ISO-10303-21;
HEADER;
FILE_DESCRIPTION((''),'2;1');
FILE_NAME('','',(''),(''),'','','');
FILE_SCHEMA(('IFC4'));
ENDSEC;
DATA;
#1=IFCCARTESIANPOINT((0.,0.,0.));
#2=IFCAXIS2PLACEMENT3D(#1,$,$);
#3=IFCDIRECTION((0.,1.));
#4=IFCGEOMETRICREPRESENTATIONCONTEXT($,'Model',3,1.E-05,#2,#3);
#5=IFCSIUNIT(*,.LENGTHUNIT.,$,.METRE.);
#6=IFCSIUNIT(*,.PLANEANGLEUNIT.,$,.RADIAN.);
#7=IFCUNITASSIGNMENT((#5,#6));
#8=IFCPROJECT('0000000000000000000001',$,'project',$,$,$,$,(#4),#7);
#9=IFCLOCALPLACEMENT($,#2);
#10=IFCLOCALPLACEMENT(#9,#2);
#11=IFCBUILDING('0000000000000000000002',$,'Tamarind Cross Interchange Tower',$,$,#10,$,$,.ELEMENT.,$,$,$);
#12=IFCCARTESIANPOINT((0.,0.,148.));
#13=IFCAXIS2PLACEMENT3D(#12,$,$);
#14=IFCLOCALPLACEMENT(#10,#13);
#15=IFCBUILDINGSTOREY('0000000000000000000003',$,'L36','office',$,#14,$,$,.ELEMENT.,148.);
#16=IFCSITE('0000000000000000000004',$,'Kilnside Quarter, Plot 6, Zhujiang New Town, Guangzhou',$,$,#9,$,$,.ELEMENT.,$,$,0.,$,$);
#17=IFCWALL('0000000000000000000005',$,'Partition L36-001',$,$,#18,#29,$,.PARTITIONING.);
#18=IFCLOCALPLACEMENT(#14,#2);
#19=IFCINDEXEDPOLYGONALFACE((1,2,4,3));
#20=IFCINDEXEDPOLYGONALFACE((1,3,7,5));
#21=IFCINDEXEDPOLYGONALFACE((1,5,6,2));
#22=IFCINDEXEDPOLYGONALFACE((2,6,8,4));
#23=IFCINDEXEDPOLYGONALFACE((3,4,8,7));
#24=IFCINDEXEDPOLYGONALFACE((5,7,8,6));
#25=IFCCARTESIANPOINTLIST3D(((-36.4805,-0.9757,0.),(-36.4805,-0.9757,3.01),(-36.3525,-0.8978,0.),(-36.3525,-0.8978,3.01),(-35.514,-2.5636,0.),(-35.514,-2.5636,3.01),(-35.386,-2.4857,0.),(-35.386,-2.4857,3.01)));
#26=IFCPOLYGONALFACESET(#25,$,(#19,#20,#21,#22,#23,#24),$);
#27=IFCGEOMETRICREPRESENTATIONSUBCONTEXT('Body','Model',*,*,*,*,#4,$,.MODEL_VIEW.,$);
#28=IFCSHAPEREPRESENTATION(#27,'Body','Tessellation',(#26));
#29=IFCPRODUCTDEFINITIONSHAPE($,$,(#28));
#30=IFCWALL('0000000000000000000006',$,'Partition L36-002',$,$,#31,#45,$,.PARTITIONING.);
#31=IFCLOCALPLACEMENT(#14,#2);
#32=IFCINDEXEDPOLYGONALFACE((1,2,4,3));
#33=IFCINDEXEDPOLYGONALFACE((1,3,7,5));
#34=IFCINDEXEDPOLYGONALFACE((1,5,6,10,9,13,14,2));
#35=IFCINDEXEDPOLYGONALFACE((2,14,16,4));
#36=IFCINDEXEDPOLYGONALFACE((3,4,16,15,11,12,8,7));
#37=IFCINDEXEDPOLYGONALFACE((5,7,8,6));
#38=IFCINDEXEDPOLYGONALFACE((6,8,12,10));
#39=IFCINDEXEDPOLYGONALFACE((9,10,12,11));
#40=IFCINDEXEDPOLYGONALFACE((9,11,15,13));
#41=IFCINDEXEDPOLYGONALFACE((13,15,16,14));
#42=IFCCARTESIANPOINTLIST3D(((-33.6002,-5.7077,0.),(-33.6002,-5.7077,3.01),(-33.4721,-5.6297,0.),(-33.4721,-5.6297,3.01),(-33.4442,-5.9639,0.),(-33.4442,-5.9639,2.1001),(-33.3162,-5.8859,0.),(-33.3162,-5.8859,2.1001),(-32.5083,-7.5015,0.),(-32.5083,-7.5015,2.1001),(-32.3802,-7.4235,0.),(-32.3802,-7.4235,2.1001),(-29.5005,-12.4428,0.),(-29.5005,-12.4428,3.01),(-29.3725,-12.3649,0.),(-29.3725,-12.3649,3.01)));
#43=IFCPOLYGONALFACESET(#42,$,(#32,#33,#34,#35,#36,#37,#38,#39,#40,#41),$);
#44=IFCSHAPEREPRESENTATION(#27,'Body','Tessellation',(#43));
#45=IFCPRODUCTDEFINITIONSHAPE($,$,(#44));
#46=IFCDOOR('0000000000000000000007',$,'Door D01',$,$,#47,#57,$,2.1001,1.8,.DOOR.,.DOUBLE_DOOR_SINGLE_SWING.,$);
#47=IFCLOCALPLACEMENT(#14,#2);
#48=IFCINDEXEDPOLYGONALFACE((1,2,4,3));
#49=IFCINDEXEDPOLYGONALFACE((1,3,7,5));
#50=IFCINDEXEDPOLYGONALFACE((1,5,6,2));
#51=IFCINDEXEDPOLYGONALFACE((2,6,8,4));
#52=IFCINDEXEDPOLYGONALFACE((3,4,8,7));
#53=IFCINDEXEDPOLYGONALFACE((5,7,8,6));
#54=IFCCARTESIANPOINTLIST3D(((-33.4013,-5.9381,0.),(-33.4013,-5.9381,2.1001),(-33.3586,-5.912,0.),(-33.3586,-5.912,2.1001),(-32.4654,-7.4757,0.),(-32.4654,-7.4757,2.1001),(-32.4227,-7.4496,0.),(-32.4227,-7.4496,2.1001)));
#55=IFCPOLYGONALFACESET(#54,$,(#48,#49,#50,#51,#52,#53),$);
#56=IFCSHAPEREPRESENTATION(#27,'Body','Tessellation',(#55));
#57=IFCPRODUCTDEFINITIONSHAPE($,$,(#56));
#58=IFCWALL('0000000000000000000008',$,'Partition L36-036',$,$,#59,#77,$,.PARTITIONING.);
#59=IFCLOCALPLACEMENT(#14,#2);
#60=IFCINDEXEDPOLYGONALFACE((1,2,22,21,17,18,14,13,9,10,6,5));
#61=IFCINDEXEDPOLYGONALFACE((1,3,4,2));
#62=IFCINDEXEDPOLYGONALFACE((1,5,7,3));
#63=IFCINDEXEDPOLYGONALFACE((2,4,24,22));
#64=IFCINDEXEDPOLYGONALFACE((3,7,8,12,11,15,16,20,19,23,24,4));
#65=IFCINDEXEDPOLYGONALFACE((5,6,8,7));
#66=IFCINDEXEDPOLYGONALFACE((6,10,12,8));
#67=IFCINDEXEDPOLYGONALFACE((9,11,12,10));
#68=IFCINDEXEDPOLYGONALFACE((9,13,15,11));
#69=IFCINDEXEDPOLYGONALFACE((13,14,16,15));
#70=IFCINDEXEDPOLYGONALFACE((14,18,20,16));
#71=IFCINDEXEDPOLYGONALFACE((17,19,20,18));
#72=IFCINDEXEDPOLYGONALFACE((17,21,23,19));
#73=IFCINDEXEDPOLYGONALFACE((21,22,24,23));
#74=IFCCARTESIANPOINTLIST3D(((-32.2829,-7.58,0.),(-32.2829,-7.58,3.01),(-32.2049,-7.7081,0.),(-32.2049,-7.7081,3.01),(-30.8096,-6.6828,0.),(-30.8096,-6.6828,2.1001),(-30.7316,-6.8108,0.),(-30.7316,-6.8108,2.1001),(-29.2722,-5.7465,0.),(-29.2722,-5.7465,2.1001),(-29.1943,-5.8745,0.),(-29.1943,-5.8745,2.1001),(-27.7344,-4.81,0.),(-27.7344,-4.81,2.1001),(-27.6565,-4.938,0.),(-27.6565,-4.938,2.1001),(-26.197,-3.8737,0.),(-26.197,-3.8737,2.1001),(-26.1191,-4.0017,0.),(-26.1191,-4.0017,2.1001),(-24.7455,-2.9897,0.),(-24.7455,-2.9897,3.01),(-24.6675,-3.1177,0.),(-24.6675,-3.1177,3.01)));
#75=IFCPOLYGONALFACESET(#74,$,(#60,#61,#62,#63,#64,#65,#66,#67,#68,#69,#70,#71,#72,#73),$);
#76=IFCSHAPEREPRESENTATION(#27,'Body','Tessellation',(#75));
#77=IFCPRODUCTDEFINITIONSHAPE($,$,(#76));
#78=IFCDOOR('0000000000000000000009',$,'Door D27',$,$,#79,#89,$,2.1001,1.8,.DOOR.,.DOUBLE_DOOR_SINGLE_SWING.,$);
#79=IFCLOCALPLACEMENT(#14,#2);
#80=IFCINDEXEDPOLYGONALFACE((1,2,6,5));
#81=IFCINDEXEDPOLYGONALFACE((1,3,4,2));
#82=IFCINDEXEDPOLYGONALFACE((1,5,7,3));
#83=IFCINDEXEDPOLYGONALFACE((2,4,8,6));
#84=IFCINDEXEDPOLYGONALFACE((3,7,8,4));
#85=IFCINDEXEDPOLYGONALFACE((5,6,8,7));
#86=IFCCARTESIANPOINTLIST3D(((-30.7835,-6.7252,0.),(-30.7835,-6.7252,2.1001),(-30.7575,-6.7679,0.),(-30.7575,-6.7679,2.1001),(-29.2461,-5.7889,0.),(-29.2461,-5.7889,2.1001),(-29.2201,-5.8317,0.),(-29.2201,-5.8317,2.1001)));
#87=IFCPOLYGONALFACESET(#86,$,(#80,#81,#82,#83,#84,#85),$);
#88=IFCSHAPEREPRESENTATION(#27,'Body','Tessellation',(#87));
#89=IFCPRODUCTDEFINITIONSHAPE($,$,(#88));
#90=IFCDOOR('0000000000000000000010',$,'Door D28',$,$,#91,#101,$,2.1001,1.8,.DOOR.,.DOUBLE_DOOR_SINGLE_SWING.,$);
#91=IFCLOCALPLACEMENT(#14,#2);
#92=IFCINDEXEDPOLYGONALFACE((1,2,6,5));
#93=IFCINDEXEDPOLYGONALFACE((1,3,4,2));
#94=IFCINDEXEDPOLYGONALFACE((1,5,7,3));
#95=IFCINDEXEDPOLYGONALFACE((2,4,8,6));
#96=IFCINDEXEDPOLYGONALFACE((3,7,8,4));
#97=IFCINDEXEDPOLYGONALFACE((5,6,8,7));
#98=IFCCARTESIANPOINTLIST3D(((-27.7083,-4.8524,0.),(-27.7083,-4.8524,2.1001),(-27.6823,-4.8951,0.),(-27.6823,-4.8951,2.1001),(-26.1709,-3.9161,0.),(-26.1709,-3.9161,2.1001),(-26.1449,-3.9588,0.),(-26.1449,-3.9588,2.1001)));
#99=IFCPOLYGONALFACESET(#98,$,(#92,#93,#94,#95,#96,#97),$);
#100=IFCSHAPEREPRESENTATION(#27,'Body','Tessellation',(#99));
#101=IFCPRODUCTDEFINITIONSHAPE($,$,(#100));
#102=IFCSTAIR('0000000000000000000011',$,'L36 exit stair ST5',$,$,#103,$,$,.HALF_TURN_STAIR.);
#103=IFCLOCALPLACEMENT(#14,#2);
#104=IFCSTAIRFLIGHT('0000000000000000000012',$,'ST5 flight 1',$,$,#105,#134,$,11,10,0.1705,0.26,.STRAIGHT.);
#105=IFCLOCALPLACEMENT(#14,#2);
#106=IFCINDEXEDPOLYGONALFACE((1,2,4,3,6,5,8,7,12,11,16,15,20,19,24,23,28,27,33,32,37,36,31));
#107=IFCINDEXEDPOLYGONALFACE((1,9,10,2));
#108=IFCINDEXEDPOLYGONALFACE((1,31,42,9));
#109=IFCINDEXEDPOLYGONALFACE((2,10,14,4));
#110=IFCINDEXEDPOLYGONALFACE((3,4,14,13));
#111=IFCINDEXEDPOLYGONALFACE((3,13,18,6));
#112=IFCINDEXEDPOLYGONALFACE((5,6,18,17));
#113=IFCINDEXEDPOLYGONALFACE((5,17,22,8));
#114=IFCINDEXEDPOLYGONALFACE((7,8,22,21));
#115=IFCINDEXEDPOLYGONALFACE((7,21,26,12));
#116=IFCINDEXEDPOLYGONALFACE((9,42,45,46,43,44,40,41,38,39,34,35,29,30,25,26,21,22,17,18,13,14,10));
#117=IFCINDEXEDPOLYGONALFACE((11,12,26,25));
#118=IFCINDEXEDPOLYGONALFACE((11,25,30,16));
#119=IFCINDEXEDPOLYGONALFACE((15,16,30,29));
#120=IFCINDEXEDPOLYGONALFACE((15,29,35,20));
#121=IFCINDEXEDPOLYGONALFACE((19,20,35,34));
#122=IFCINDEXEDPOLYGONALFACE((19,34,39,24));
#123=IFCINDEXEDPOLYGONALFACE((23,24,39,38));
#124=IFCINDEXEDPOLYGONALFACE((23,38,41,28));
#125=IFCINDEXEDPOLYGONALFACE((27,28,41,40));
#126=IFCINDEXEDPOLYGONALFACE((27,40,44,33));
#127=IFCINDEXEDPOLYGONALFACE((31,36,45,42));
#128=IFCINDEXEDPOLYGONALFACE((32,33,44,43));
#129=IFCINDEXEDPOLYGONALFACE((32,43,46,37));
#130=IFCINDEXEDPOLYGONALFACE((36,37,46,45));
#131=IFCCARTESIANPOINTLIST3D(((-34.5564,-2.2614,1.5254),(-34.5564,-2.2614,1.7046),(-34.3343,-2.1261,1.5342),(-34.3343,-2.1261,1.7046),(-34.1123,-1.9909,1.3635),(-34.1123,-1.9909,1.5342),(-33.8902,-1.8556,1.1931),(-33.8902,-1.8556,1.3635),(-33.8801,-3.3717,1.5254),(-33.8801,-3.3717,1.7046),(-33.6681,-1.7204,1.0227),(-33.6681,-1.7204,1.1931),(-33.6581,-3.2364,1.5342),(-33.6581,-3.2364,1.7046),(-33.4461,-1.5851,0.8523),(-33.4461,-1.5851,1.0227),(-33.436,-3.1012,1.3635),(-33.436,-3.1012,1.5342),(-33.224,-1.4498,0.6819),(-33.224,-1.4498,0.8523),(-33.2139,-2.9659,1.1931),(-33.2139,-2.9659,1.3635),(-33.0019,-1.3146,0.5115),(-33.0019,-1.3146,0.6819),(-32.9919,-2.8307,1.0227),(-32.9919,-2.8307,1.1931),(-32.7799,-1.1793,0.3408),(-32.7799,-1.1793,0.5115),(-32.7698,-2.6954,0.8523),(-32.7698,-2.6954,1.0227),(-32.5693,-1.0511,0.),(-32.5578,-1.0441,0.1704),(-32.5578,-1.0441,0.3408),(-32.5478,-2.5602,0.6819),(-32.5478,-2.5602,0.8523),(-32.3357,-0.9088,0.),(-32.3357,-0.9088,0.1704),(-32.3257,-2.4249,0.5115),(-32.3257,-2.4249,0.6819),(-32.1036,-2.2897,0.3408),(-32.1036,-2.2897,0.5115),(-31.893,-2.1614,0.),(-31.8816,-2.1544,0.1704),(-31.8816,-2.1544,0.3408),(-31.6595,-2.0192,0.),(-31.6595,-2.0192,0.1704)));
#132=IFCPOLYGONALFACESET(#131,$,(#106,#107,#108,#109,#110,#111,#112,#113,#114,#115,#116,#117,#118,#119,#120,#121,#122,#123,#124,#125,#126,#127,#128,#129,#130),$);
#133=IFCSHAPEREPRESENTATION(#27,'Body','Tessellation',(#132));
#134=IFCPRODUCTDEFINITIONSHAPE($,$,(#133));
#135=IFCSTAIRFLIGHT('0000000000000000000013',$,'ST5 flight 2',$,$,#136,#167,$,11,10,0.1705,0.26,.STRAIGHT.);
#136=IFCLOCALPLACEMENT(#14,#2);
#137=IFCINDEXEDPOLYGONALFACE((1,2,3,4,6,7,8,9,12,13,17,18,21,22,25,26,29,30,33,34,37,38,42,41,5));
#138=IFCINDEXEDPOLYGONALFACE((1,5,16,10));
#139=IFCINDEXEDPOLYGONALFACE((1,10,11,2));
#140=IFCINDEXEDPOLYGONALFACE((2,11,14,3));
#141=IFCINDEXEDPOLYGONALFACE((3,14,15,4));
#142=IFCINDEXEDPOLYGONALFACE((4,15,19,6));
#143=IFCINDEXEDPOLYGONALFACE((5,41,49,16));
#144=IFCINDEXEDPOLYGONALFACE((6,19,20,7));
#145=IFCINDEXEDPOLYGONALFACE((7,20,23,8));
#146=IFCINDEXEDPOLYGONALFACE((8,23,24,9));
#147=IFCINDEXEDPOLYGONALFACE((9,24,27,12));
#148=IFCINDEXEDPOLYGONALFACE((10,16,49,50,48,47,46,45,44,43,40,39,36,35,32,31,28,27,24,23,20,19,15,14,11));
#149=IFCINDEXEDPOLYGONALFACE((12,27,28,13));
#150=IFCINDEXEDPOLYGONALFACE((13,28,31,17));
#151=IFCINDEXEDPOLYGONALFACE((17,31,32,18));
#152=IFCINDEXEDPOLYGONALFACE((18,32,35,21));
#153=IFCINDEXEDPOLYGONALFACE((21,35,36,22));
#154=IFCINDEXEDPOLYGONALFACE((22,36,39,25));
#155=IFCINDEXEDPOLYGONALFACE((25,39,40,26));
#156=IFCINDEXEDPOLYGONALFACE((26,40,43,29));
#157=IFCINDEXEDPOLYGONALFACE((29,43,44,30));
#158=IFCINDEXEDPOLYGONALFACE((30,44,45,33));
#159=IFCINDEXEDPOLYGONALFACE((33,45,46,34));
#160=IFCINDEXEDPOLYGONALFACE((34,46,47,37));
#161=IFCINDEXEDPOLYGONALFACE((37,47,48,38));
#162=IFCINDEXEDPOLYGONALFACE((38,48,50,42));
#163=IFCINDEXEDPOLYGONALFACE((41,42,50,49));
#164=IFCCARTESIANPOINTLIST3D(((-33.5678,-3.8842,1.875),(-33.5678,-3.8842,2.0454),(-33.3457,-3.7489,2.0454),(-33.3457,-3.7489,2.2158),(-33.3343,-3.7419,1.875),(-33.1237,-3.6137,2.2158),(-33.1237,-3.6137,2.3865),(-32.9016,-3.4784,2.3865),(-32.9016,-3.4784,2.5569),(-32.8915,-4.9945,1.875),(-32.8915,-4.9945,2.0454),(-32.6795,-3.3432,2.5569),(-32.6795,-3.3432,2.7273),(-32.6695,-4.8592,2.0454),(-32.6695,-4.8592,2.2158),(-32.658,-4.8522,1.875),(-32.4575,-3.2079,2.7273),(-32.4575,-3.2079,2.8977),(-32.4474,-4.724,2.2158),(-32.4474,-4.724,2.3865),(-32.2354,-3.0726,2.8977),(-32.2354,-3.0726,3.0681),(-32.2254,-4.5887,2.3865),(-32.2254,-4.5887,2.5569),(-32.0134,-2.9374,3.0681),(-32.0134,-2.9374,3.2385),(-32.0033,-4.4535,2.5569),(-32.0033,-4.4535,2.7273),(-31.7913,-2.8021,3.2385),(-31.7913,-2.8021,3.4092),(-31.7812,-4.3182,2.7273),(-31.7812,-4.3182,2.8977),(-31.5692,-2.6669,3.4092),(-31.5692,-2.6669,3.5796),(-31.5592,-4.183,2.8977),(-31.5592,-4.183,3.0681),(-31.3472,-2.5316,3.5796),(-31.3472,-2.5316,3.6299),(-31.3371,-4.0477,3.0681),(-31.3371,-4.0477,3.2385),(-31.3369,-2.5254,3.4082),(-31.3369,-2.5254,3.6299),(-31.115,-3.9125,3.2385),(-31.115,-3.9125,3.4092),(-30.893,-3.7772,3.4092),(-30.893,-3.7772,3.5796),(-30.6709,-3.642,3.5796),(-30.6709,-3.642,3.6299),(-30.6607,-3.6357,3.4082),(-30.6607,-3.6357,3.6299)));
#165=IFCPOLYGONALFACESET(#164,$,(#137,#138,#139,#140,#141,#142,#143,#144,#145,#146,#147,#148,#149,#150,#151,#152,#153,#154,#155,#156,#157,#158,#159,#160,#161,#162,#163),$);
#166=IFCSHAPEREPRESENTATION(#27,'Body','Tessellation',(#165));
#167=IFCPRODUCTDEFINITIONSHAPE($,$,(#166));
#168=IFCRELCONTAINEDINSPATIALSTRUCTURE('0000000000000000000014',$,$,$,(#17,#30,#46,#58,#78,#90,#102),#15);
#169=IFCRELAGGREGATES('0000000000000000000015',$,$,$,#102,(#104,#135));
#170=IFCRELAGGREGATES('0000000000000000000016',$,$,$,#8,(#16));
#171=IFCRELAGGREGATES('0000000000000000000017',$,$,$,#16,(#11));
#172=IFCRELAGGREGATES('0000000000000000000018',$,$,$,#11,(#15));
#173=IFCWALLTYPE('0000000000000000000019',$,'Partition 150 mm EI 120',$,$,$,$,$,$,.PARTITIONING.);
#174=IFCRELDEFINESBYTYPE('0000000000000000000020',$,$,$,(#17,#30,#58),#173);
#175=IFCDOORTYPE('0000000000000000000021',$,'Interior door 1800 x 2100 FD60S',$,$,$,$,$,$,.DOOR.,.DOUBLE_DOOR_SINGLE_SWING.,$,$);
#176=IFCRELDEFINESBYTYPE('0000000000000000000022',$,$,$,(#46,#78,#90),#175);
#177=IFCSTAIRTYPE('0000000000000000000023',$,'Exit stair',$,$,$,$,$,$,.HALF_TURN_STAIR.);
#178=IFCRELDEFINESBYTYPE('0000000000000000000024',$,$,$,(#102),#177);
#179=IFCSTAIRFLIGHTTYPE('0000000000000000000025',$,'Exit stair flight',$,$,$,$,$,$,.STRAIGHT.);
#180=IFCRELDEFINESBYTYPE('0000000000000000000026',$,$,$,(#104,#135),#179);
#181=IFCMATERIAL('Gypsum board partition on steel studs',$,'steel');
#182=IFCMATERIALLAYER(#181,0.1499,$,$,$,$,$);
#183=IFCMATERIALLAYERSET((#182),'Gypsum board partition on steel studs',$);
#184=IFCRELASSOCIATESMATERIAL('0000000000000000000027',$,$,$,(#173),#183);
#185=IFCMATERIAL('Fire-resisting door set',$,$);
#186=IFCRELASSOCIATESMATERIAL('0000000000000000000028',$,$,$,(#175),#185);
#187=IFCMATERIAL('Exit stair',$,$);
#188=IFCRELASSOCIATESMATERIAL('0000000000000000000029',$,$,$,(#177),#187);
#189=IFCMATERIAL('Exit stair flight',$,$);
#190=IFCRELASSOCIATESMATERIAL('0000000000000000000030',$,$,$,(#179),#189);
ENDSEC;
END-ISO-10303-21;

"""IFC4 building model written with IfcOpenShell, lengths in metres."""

from ifc_helpers import new_model, si_unit, direction, frame, frame_2d, origin, place, context, subcontext, project, spatial, polyline, rectangle, outline, extrude, material, layer, layer_set, type_object, element, fill, aggregate, save


model = new_model("IFC4")

# Units and contexts
model_context = context("Model", 3, precision=1e-05, world=origin(), true_north=direction((0.0, 1.0)))
body_context = subcontext(model_context, "Body", "Model", "MODEL_VIEW")
ifc_project = project(units=[si_unit("LENGTHUNIT", "METRE"), si_unit("PLANEANGLEUNIT", "RADIAN")], contexts=[model_context])

# Site, building, storey
site_placement = place(None, origin())
site = spatial("IfcSite", under=ifc_project, at=site_placement, Name="Kilnside Quarter, Plot 6, Zhujiang New Town, Guangzhou", CompositionType="ELEMENT", RefElevation=0.0)
building_placement = place(site_placement, origin())
building = spatial("IfcBuilding", under=site, at=building_placement, Name="Tamarind Cross Interchange Tower", CompositionType="ELEMENT")
storey_placement = place(building_placement, frame((0.0, 0.0, 148.0)))
storey = spatial("IfcBuildingStorey", under=building, at=storey_placement, Name="L36", Description="office", CompositionType="ELEMENT", Elevation=148.0)

# Wall
ifc_material_1 = material(Name="Gypsum board partition on steel studs", Category="steel")
ifc_layer_1 = layer(ifc_material_1, 0.1499)
ifc_layer_set_1 = layer_set([ifc_layer_1], Name="Gypsum board partition on steel studs")
wall_type = type_object("IfcWallType", Name="Partition 150 mm EI 120", PredefinedType="PARTITIONING", material=ifc_layer_set_1)
wall_1_placement = place(storey_placement, frame((-36.4165, -0.9368, 0.0), z_axis=(0.0, 0.0, 1.0), x_axis=(0.519951, -0.854196, 0.0)))
element("IfcWall", 1, at=wall_1_placement, inside=storey, type_object=wall_type, Name="Partition L36-001", PredefinedType="PARTITIONING", context=body_context, shape_type="SweptSolid", body=[
    extrude(rectangle(XDim=1.8589, YDim=0.1499, at=frame_2d((0.9294, 0.0))), origin(), (0.0, 0.0, 1.0), 3.01),
])

# Wall, opening, door
wall_2_placement = place(storey_placement, frame((-33.5361, -5.6687, 0.0), z_axis=(0.0, 0.0, 1.0), x_axis=(0.519945, -0.8542, 0.0)))
wall_2 = element("IfcWall", 2, at=wall_2_placement, inside=storey, type_object=wall_type, Name="Partition L36-002", PredefinedType="PARTITIONING", context=body_context, shape_type="SweptSolid", body=[
    extrude(rectangle(XDim=7.8848, YDim=0.1499, at=frame_2d((3.9424, 0.0))), origin(), (0.0, 0.0, 1.0), 3.01),
])
opening_1_placement = place(wall_2_placement, frame((0.3, 0.0, 0.0)))
opening_1 = element("IfcOpeningElement", 3, at=opening_1_placement, cuts=wall_2, PredefinedType="OPENING", context=body_context, shape_type="SweptSolid", body=[
    extrude(rectangle(XDim=1.8, YDim=2.1001, at=frame_2d((0.8999, 1.05))), frame((0.0, 0.085, 0.0), z_axis=(0.0, -1.0, 0.0), x_axis=(1.0, 0.0, 0.0)), (0.0, 0.0, 1.0), 0.1699),
])
ifc_material_2 = material(Name="Fire-resisting door set")
door_type = type_object("IfcDoorType", Name="Interior door 1800 x 2100 FD60S", OperationType="DOUBLE_DOOR_SINGLE_SWING", PredefinedType="DOOR", material=ifc_material_2)
door_1_placement = place(opening_1_placement, frame((1.8, 0.0, 0.0), z_axis=(0.0, 0.0, 1.0), x_axis=(-1.0, 0.0, 0.0)))
door_1 = element("IfcDoor", 4, at=door_1_placement, inside=storey, type_object=door_type, Name="Door D01", OperationType="DOUBLE_DOOR_SINGLE_SWING", OverallHeight=2.1001, OverallWidth=1.8, PredefinedType="DOOR", context=body_context, shape_type="SweptSolid", body=[
    extrude(rectangle(XDim=1.8, YDim=2.1001, at=frame_2d((0.8999, 1.05))), frame((0.0, 0.0249, 0.0), z_axis=(0.0, -1.0, 0.0), x_axis=(1.0, 0.0, 0.0)), (0.0, 0.0, 1.0), 0.05),
])
fill(opening_1, door_1)

# Wall, openings, doors
wall_3_placement = place(storey_placement, frame((-32.2439, -7.644, 0.0), z_axis=(0.0, 0.0, 1.0), x_axis=(0.854079, 0.520144, 0.0)))
wall_3 = element("IfcWall", 5, at=wall_3_placement, inside=storey, type_object=wall_type, Name="Partition L36-036", PredefinedType="PARTITIONING", context=body_context, shape_type="SweptSolid", body=[
    extrude(rectangle(XDim=8.8252, YDim=0.1499, at=frame_2d((4.4126, 0.0))), origin(), (0.0, 0.0, 1.0), 3.01),
])
opening_2_placement = place(wall_3_placement, frame((1.7251, 0.0, 0.0)))
opening_2 = element("IfcOpeningElement", 6, at=opening_2_placement, cuts=wall_3, PredefinedType="OPENING", context=body_context, shape_type="SweptSolid", body=[
    extrude(rectangle(XDim=1.8, YDim=2.1001, at=frame_2d((0.8999, 1.05))), frame((0.0, 0.085, 0.0), z_axis=(0.0, -1.0, 0.0), x_axis=(1.0, 0.0, 0.0)), (0.0, 0.0, 1.0), 0.1699),
])
opening_3_placement = place(wall_3_placement, frame((5.3257, 0.0, 0.0)))
opening_3 = element("IfcOpeningElement", 7, at=opening_3_placement, cuts=wall_3, PredefinedType="OPENING", context=body_context, shape_type="SweptSolid", body=[
    extrude(rectangle(XDim=1.8, YDim=2.1001, at=frame_2d((0.8999, 1.05))), frame((0.0, 0.085, 0.0), z_axis=(0.0, -1.0, 0.0), x_axis=(1.0, 0.0, 0.0)), (0.0, 0.0, 1.0), 0.1699),
])
door_2_placement = place(opening_2_placement, frame((1.8, 0.0, 0.0), z_axis=(0.0, 0.0, 1.0), x_axis=(-1.0, 0.0, 0.0)))
door_2 = element("IfcDoor", 8, at=door_2_placement, inside=storey, type_object=door_type, Name="Door D27", OperationType="DOUBLE_DOOR_SINGLE_SWING", OverallHeight=2.1001, OverallWidth=1.8, PredefinedType="DOOR", context=body_context, shape_type="SweptSolid", body=[
    extrude(rectangle(XDim=1.8, YDim=2.1001, at=frame_2d((0.8999, 1.05))), frame((0.0, 0.0249, 0.0), z_axis=(0.0, -1.0, 0.0), x_axis=(1.0, 0.0, 0.0)), (0.0, 0.0, 1.0), 0.05),
])
fill(opening_2, door_2)
door_3_placement = place(opening_3_placement, frame((1.8, 0.0, 0.0), z_axis=(0.0, 0.0, 1.0), x_axis=(-1.0, 0.0, 0.0)))
door_3 = element("IfcDoor", 9, at=door_3_placement, inside=storey, type_object=door_type, Name="Door D28", OperationType="DOUBLE_DOOR_SINGLE_SWING", OverallHeight=2.1001, OverallWidth=1.8, PredefinedType="DOOR", context=body_context, shape_type="SweptSolid", body=[
    extrude(rectangle(XDim=1.8, YDim=2.1001, at=frame_2d((0.8999, 1.05))), frame((0.0, 0.0249, 0.0), z_axis=(0.0, -1.0, 0.0), x_axis=(1.0, 0.0, 0.0)), (0.0, 0.0, 1.0), 0.05),
])
fill(opening_3, door_3)

# Stair, stair flights
ifc_material_3 = material(Name="Exit stair")
stair_type = type_object("IfcStairType", Name="Exit stair", PredefinedType="HALF_TURN_STAIR", material=ifc_material_3)
stair_placement = place(storey_placement, origin())
stair = element("IfcStair", 10, at=stair_placement, inside=storey, type_object=stair_type, Name="L36 exit stair ST5", PredefinedType="HALF_TURN_STAIR")
ifc_material_4 = material(Name="Exit stair flight")
stair_flight_type = type_object("IfcStairFlightType", Name="Exit stair flight", PredefinedType="STRAIGHT", material=ifc_material_4)
stair_flight_1_placement = place(storey_placement, frame((-31.9976, -1.4641, 0.0), z_axis=(0.0, 0.0, 1.0), x_axis=(-0.85406, -0.520175, 0.0)))
stair_flight_1 = element("IfcStairFlight", 11, at=stair_flight_1_placement, type_object=stair_flight_type, Name="ST5 flight 1", NumberOfRisers=11, NumberOfTreads=10, PredefinedType="STRAIGHT", RiserHeight=0.1705, TreadLength=0.26, context=body_context, shape_type="SweptSolid", body=[
    extrude(outline(polyline([(0.0, 0.0), (0.0, 0.1704), (0.26, 0.1704), (0.26, 0.3408), (0.52, 0.3408), (0.52, 0.5115), (0.78, 0.5115), (0.78, 0.6819), (1.04, 0.6819), (1.04, 0.8523), (1.3, 0.8523), (1.3, 1.0227), (1.5601, 1.0227), (1.5601, 1.1931), (1.8201, 1.1931), (1.8201, 1.3635), (2.0801, 1.3635), (2.0801, 1.5342), (2.3401, 1.5342), (2.3401, 1.7046), (2.6001, 1.7046), (2.6001, 1.875), (2.6001, 1.5254), (0.2734, 0.0), (0.0, 0.0)])), frame((0.0, 0.6499, 0.0), z_axis=(0.0, -1.0, 0.0), x_axis=(1.0, 0.0, 0.0)), (0.0, 0.0, 1.0), 1.3),
])
stair_flight_2_placement = place(storey_placement, frame((-33.2297, -4.4392, 1.875), z_axis=(0.0, 0.0, 1.0), x_axis=(0.85406, 0.520175, 0.0)))
stair_flight_2 = element("IfcStairFlight", 12, at=stair_flight_2_placement, type_object=stair_flight_type, Name="ST5 flight 2", NumberOfRisers=11, NumberOfTreads=10, PredefinedType="STRAIGHT", RiserHeight=0.1705, TreadLength=0.26, context=body_context, shape_type="SweptSolid", body=[
    extrude(outline(polyline([(0.0, 0.0), (0.0, 0.1704), (0.26, 0.1704), (0.26, 0.3408), (0.52, 0.3408), (0.52, 0.5115), (0.78, 0.5115), (0.78, 0.6819), (1.04, 0.6819), (1.04, 0.8523), (1.3, 0.8523), (1.3, 1.0227), (1.5601, 1.0227), (1.5601, 1.1931), (1.8201, 1.1931), (1.8201, 1.3635), (2.0801, 1.3635), (2.0801, 1.5342), (2.3401, 1.5342), (2.3401, 1.7046), (2.6001, 1.7046), (2.6001, 1.7549), (2.6121, 1.7549), (2.6121, 1.5332), (0.2734, 0.0), (0.0, 0.0)])), frame((0.0, 0.6499, 0.0), z_axis=(0.0, -1.0, 0.0), x_axis=(1.0, 0.0, 0.0)), (0.0, 0.0, 1.0), 1.3),
])
aggregate(stair, [stair_flight_1, stair_flight_2])

save(model, "model.ifc")
